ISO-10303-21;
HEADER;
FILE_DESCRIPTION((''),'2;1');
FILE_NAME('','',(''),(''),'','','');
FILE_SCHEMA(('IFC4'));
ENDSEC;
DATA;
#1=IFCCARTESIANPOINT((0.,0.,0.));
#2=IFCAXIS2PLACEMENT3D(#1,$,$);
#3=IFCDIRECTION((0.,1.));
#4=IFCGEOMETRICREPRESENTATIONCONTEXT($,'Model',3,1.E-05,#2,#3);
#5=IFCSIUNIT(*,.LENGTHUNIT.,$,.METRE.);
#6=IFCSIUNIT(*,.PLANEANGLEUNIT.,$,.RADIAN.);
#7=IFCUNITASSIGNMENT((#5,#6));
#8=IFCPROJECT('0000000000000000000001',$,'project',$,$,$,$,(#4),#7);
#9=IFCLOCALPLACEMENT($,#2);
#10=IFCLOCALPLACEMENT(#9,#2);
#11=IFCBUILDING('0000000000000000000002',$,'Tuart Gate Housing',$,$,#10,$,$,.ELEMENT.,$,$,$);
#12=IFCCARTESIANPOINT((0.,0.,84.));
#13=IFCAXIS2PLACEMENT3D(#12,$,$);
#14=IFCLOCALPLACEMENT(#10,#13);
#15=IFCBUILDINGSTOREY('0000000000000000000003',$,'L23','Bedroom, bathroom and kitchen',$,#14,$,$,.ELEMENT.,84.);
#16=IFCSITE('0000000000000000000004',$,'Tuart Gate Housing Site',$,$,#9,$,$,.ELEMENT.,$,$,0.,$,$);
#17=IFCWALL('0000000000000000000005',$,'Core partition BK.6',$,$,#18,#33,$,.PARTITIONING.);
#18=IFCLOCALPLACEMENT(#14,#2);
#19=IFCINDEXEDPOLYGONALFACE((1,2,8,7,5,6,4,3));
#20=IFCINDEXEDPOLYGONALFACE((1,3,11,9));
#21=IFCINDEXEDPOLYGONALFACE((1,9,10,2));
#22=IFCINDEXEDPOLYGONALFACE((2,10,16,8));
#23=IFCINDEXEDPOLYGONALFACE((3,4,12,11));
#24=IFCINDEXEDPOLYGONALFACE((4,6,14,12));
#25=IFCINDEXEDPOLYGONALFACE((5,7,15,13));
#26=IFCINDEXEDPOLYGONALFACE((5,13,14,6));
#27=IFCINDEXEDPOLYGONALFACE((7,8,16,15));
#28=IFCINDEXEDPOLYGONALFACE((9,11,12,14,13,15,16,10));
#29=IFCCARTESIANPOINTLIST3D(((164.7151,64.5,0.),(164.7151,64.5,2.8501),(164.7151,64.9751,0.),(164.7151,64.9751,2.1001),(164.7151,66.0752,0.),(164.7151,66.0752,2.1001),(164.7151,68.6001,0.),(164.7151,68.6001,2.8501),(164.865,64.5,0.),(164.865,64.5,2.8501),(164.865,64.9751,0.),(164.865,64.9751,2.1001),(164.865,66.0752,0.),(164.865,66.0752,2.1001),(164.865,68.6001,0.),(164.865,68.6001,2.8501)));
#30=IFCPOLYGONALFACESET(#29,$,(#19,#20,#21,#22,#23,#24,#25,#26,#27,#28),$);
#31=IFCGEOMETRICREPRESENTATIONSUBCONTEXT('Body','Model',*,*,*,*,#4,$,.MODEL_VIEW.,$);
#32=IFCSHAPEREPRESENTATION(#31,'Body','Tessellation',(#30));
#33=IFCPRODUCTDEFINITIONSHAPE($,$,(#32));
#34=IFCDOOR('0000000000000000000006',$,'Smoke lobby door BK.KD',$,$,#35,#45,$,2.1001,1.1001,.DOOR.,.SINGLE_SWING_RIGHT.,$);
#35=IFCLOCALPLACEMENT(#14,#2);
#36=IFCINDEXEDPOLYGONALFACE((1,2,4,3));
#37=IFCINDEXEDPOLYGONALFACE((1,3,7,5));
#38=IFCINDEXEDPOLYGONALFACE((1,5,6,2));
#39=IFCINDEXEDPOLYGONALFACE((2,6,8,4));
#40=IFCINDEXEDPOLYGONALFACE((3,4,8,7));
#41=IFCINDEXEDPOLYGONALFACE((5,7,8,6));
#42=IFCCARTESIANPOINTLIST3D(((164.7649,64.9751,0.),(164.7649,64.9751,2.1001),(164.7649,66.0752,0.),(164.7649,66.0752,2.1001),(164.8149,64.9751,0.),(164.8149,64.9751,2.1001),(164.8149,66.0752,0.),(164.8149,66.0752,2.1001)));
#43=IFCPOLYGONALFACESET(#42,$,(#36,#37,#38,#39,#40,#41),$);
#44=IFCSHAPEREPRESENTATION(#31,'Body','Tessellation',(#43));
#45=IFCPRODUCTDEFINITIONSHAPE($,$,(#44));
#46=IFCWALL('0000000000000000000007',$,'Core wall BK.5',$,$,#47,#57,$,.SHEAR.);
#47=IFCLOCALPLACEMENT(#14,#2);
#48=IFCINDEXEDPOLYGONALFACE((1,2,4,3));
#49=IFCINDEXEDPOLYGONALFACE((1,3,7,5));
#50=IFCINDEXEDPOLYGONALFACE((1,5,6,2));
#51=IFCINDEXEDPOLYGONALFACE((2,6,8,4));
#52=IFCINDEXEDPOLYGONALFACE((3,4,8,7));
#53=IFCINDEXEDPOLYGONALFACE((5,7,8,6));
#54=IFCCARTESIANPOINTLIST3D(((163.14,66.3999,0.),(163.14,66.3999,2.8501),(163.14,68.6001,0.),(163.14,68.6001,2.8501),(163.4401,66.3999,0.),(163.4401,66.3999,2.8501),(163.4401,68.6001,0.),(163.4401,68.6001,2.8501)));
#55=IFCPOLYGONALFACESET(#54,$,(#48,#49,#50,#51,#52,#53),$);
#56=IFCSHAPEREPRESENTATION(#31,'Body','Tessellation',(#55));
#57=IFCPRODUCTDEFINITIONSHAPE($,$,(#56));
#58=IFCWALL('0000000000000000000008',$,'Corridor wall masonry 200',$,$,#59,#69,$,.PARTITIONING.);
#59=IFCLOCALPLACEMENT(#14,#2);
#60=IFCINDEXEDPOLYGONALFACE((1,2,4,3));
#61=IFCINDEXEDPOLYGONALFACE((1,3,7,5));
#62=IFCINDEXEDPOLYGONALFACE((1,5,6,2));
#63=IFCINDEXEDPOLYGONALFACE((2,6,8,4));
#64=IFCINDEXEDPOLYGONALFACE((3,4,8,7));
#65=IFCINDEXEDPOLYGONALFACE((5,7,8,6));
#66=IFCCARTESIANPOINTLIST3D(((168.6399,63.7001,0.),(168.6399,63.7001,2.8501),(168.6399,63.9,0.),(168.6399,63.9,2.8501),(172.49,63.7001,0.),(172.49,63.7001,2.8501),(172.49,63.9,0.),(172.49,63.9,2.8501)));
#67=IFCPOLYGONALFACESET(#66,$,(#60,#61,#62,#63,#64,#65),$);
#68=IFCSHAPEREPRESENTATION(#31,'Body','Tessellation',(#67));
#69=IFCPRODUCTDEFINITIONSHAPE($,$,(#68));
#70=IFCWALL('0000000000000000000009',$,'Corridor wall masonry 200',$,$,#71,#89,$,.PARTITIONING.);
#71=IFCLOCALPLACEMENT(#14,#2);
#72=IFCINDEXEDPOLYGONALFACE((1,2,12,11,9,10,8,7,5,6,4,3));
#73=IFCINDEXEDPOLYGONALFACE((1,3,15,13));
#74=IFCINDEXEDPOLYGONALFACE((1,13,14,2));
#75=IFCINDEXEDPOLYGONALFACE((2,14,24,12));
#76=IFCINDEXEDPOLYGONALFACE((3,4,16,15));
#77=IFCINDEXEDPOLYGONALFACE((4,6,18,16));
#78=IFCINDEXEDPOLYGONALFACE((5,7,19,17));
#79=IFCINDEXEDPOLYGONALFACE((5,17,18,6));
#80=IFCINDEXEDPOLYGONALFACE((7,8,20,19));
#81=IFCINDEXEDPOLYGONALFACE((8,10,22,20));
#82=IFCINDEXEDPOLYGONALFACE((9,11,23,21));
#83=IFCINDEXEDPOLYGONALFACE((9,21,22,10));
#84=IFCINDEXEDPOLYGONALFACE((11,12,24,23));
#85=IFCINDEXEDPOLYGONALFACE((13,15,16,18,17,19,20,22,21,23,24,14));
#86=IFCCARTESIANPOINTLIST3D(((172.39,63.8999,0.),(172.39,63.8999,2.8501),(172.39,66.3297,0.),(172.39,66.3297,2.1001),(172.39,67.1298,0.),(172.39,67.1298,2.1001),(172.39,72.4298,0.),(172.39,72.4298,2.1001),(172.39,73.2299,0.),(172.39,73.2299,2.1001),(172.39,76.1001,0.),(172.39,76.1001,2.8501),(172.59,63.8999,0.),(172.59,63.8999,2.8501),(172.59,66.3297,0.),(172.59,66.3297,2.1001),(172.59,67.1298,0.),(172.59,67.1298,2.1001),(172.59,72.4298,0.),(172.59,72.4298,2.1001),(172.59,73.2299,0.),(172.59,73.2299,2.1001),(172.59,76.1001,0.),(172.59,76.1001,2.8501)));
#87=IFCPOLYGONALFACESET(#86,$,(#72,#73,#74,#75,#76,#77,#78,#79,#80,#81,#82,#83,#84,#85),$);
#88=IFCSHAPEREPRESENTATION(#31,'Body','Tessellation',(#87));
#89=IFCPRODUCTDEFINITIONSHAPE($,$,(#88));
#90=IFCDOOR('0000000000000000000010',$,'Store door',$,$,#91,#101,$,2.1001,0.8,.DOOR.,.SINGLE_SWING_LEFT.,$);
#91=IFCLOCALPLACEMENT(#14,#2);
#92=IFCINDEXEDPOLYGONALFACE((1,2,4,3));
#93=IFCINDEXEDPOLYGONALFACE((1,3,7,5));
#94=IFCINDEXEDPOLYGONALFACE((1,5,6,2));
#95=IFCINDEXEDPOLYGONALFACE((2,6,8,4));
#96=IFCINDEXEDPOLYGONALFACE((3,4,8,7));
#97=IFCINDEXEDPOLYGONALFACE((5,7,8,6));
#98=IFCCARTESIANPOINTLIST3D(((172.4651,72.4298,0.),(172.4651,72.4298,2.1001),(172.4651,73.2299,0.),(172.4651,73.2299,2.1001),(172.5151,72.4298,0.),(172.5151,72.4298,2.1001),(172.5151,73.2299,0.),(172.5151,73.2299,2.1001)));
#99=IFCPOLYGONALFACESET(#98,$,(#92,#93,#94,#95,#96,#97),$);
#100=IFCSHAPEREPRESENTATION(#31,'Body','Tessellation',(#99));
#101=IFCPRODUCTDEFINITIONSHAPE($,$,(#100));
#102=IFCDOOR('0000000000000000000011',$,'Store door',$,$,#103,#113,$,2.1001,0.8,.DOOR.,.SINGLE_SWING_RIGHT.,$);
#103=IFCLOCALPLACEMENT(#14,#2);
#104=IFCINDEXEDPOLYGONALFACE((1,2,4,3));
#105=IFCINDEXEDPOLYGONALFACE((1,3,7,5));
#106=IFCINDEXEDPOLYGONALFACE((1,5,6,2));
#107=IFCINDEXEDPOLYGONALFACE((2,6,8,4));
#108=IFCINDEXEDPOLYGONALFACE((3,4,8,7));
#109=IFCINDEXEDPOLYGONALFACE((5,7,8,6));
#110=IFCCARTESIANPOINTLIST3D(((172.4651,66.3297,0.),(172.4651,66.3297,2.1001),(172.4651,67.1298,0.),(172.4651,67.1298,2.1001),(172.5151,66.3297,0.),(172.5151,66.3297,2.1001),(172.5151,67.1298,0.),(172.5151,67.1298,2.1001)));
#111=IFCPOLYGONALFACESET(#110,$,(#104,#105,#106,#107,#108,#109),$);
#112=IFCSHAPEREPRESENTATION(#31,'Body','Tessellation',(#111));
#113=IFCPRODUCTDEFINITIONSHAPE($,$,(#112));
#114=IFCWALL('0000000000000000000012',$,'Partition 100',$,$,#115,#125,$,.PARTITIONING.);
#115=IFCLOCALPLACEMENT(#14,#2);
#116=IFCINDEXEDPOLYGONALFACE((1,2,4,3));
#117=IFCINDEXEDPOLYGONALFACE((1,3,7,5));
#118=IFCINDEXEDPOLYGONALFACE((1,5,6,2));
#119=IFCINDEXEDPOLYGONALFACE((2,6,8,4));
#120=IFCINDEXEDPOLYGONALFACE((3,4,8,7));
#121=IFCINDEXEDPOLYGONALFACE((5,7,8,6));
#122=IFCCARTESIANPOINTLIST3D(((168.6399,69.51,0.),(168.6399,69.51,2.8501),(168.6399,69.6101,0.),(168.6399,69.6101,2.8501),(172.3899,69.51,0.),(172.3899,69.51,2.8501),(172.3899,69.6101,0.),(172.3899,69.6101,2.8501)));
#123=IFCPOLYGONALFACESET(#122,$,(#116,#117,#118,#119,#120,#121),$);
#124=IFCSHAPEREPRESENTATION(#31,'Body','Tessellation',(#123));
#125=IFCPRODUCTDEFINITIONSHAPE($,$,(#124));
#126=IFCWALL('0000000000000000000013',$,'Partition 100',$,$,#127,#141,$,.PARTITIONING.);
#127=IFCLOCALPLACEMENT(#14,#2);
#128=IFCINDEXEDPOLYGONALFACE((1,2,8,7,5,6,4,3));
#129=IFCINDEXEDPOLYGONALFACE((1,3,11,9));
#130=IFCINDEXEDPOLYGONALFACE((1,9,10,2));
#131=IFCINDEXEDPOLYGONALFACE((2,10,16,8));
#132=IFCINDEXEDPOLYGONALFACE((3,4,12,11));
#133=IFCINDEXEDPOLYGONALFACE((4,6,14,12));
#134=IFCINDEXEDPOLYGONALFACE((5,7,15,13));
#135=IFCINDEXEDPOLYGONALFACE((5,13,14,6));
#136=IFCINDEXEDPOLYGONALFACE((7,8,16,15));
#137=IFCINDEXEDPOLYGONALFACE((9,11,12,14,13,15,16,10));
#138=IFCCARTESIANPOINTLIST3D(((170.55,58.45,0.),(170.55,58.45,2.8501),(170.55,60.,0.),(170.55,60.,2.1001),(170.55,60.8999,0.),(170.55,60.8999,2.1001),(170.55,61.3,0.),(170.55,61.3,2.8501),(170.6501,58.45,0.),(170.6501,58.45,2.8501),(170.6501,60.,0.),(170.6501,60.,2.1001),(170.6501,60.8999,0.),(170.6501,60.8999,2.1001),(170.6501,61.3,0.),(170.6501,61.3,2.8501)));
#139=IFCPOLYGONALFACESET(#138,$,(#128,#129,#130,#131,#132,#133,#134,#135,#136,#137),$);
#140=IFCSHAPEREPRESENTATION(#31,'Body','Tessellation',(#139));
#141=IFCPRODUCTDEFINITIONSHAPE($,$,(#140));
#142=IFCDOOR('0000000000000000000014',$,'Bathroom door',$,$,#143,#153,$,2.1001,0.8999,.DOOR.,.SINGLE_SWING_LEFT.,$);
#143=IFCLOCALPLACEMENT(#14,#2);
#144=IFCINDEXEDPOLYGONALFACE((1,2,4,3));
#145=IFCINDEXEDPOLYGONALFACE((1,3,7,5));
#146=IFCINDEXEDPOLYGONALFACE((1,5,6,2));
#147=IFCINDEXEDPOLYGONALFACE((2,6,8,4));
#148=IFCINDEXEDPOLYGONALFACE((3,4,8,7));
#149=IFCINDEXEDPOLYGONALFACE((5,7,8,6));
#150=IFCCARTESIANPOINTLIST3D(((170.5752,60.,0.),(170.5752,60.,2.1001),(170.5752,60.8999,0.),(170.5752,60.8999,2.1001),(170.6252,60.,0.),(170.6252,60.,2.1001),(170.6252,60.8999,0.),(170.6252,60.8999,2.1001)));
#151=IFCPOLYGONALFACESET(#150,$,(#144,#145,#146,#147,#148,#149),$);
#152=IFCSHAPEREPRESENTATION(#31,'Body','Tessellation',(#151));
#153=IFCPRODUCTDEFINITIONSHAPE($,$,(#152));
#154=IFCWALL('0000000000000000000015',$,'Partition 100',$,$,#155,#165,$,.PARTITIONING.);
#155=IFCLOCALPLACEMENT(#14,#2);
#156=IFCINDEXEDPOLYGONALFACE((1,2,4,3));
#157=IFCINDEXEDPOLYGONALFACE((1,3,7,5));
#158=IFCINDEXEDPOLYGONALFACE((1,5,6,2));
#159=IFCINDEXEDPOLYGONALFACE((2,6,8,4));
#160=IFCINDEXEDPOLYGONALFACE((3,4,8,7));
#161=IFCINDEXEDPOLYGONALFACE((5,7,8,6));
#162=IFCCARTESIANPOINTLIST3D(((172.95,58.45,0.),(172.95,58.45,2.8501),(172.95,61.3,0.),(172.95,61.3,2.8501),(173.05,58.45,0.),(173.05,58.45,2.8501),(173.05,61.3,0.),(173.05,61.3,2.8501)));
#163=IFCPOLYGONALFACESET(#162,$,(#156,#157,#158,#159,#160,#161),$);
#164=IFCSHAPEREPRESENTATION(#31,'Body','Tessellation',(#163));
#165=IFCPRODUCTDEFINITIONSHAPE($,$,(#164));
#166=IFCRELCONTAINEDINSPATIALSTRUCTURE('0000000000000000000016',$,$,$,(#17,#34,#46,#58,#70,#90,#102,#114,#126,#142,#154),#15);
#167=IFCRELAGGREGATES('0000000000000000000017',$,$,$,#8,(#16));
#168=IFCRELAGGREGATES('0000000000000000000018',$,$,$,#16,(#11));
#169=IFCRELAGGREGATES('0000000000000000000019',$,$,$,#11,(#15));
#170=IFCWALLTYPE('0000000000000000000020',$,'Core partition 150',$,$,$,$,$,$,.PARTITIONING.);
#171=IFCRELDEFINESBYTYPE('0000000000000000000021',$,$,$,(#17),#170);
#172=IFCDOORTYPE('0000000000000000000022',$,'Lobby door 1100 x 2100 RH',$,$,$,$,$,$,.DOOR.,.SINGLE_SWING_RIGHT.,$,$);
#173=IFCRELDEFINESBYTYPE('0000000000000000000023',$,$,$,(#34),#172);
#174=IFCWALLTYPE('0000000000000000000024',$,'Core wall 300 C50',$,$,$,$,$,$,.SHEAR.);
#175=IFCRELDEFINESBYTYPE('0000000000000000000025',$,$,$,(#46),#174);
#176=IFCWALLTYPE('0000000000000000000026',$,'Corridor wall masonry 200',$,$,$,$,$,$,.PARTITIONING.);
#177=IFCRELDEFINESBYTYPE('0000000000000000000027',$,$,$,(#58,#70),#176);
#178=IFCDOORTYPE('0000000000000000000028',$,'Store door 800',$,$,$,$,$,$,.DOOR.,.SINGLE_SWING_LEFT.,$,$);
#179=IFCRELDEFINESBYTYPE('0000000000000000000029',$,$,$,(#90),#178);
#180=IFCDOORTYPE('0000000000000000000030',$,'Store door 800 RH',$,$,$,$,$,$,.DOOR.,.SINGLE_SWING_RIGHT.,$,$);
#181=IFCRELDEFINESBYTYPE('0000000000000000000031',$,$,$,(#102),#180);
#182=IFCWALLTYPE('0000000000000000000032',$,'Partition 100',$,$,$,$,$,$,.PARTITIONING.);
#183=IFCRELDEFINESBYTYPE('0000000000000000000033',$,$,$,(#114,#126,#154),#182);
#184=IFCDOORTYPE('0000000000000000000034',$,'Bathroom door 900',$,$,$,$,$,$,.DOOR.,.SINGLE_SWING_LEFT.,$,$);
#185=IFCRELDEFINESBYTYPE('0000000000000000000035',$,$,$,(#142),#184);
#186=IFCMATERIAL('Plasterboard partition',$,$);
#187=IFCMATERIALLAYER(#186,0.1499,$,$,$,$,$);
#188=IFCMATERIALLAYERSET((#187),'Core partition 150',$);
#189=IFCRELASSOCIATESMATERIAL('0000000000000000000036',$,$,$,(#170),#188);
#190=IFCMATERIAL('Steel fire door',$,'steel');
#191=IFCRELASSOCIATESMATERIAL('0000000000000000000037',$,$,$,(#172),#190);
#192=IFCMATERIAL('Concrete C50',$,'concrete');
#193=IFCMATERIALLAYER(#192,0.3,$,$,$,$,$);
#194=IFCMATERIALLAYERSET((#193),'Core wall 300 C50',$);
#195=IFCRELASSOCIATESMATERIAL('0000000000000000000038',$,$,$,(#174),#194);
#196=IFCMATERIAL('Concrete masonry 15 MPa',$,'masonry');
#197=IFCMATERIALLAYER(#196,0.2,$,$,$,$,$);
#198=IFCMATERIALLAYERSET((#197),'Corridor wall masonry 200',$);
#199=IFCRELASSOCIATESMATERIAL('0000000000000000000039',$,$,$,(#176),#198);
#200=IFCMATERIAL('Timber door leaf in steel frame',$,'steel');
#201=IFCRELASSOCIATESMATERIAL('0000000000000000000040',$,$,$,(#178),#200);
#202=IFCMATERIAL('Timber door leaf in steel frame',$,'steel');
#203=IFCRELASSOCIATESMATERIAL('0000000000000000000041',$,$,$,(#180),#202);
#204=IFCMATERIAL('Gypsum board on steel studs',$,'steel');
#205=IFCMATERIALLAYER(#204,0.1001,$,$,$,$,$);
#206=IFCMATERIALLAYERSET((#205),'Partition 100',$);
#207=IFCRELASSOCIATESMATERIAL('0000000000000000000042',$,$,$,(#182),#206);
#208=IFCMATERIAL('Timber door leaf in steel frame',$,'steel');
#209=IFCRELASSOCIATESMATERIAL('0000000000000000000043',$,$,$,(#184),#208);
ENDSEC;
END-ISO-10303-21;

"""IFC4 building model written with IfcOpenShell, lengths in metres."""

from ifc_helpers import new_model, si_unit, direction, frame, frame_2d, origin, place, context, subcontext, project, spatial, rectangle, extrude, material, layer, layer_set, type_object, element, fill, save


model = new_model("IFC4")

# Units and contexts
model_context = context("Model", 3, precision=1e-05, world=origin(), true_north=direction((0.0, 1.0)))
body_context = subcontext(model_context, "Body", "Model", "MODEL_VIEW")
ifc_project = project(units=[si_unit("LENGTHUNIT", "METRE"), si_unit("PLANEANGLEUNIT", "RADIAN")], contexts=[model_context])

# Site, building, storey
site_placement = place(None, origin())
site = spatial("IfcSite", under=ifc_project, at=site_placement, Name="Tuart Gate Housing Site", CompositionType="ELEMENT", RefElevation=0.0)
building_placement = place(site_placement, origin())
building = spatial("IfcBuilding", under=site, at=building_placement, Name="Tuart Gate Housing", CompositionType="ELEMENT")
storey_placement = place(building_placement, frame((0.0, 0.0, 84.0)))
storey = spatial("IfcBuildingStorey", under=building, at=storey_placement, Name="L23", Description="Bedroom, bathroom and kitchen", CompositionType="ELEMENT", Elevation=84.0)

# Wall, opening, door
ifc_material_1 = material(Name="Plasterboard partition")
ifc_layer_1 = layer(ifc_material_1, 0.1499)
ifc_layer_set_1 = layer_set([ifc_layer_1], Name="Core partition 150")
wall_type_1 = type_object("IfcWallType", Name="Core partition 150", PredefinedType="PARTITIONING", material=ifc_layer_set_1)
wall_1_placement = place(storey_placement, frame((164.79, 68.6001, 0.0), z_axis=(0.0, 0.0, 1.0), x_axis=(0.0, -1.0, 0.0)))
wall_1 = element("IfcWall", 1, at=wall_1_placement, inside=storey, type_object=wall_type_1, Name="Core partition BK.6", PredefinedType="PARTITIONING", context=body_context, shape_type="SweptSolid", body=[
    extrude(rectangle(XDim=4.1001, YDim=0.1499, at=frame_2d((2.05, 0.0))), origin(), (0.0, 0.0, 1.0), 2.8501),
])
opening_1_placement = place(wall_1_placement, frame((2.5249, 0.0, 0.0)))
opening_1 = element("IfcOpeningElement", 2, at=opening_1_placement, cuts=wall_1, PredefinedType="OPENING", context=body_context, shape_type="SweptSolid", body=[
    extrude(rectangle(XDim=1.1001, YDim=2.1001, at=frame_2d((0.55, 1.05))), frame((0.0, 0.085, 0.0), z_axis=(0.0, -1.0, 0.0), x_axis=(1.0, 0.0, 0.0)), (0.0, 0.0, 1.0), 0.1699),
])
ifc_material_2 = material(Name="Steel fire door", Category="steel")
door_type_1 = type_object("IfcDoorType", Name="Lobby door 1100 x 2100 RH", OperationType="SINGLE_SWING_RIGHT", PredefinedType="DOOR", material=ifc_material_2)
door_1_placement = place(opening_1_placement, origin())
door_1 = element("IfcDoor", 3, at=door_1_placement, inside=storey, type_object=door_type_1, Name="Smoke lobby door BK.KD", OperationType="SINGLE_SWING_RIGHT", OverallHeight=2.1001, OverallWidth=1.1001, PredefinedType="DOOR", context=body_context, shape_type="SweptSolid", body=[
    extrude(rectangle(XDim=1.1001, YDim=2.1001, at=frame_2d((0.55, 1.05))), frame((0.0, 0.0249, 0.0), z_axis=(0.0, -1.0, 0.0), x_axis=(1.0, 0.0, 0.0)), (0.0, 0.0, 1.0), 0.05),
])
fill(opening_1, door_1)

# Walls
ifc_material_3 = material(Name="Concrete C50", Category="concrete")
ifc_layer_2 = layer(ifc_material_3, 0.3)
ifc_layer_set_2 = layer_set([ifc_layer_2], Name="Core wall 300 C50")
wall_type_2 = type_object("IfcWallType", Name="Core wall 300 C50", PredefinedType="SHEAR", material=ifc_layer_set_2)
wall_2_placement = place(storey_placement, frame((163.29, 68.6001, 0.0), z_axis=(0.0, 0.0, 1.0), x_axis=(0.0, -1.0, 0.0)))
element("IfcWall", 4, at=wall_2_placement, inside=storey, type_object=wall_type_2, Name="Core wall BK.5", PredefinedType="SHEAR", context=body_context, shape_type="SweptSolid", body=[
    extrude(rectangle(XDim=2.2002, YDim=0.3, at=frame_2d((1.1001, 0.0))), origin(), (0.0, 0.0, 1.0), 2.8501),
])
ifc_material_4 = material(Name="Concrete masonry 15 MPa", Category="masonry")
ifc_layer_3 = layer(ifc_material_4, 0.2)
ifc_layer_set_3 = layer_set([ifc_layer_3], Name="Corridor wall masonry 200")
wall_type_3 = type_object("IfcWallType", Name="Corridor wall masonry 200", PredefinedType="PARTITIONING", material=ifc_layer_set_3)
wall_3_placement = place(storey_placement, frame((168.6399, 63.8, 0.0), z_axis=(0.0, 0.0, 1.0), x_axis=(1.0, 0.0, 0.0)))
element("IfcWall", 5, at=wall_3_placement, inside=storey, type_object=wall_type_3, Name="Corridor wall masonry 200", PredefinedType="PARTITIONING", context=body_context, shape_type="SweptSolid", body=[
    extrude(rectangle(XDim=3.8501, YDim=0.2, at=frame_2d((1.925, 0.0))), origin(), (0.0, 0.0, 1.0), 2.8501),
])

# Wall, openings, doors
wall_4_placement = place(storey_placement, frame((172.49, 63.8999, 0.0), z_axis=(0.0, 0.0, 1.0), x_axis=(0.0, 1.0, 0.0)))
wall_4 = element("IfcWall", 6, at=wall_4_placement, inside=storey, type_object=wall_type_3, Name="Corridor wall masonry 200", PredefinedType="PARTITIONING", context=body_context, shape_type="SweptSolid", body=[
    extrude(rectangle(XDim=12.2002, YDim=0.2, at=frame_2d((6.1001, 0.0))), origin(), (0.0, 0.0, 1.0), 2.8501),
])
opening_2_placement = place(wall_4_placement, frame((2.4299, 0.0, 0.0)))
opening_2 = element("IfcOpeningElement", 7, at=opening_2_placement, cuts=wall_4, PredefinedType="OPENING", context=body_context, shape_type="SweptSolid", body=[
    extrude(rectangle(XDim=0.8, YDim=2.1001, at=frame_2d((0.3999, 1.05))), frame((0.0, 0.1099, 0.0), z_axis=(0.0, -1.0, 0.0), x_axis=(1.0, 0.0, 0.0)), (0.0, 0.0, 1.0), 0.22),
])
opening_3_placement = place(wall_4_placement, frame((8.53, 0.0, 0.0)))
opening_3 = element("IfcOpeningElement", 8, at=opening_3_placement, cuts=wall_4, PredefinedType="OPENING", context=body_context, shape_type="SweptSolid", body=[
    extrude(rectangle(XDim=0.8, YDim=2.1001, at=frame_2d((0.3999, 1.05))), frame((0.0, 0.1099, 0.0), z_axis=(0.0, -1.0, 0.0), x_axis=(1.0, 0.0, 0.0)), (0.0, 0.0, 1.0), 0.22),
])
ifc_material_5 = material(Name="Timber door leaf in steel frame", Category="steel")
door_type_2 = type_object("IfcDoorType", Name="Store door 800", OperationType="SINGLE_SWING_LEFT", PredefinedType="DOOR", material=ifc_material_5)
door_2_placement = place(opening_3_placement, origin())
door_2 = element("IfcDoor", 9, at=door_2_placement, inside=storey, type_object=door_type_2, Name="Store door", OperationType="SINGLE_SWING_LEFT", OverallHeight=2.1001, OverallWidth=0.8, PredefinedType="DOOR", context=body_context, shape_type="SweptSolid", body=[
    extrude(rectangle(XDim=0.8, YDim=2.1001, at=frame_2d((0.3999, 1.05))), frame((0.0, 0.0249, 0.0), z_axis=(0.0, -1.0, 0.0), x_axis=(1.0, 0.0, 0.0)), (0.0, 0.0, 1.0), 0.05),
])
fill(opening_3, door_2)
ifc_material_6 = material(Name="Timber door leaf in steel frame", Category="steel")
door_type_3 = type_object("IfcDoorType", Name="Store door 800 RH", OperationType="SINGLE_SWING_RIGHT", PredefinedType="DOOR", material=ifc_material_6)
door_3_placement = place(opening_2_placement, origin())
door_3 = element("IfcDoor", 10, at=door_3_placement, inside=storey, type_object=door_type_3, Name="Store door", OperationType="SINGLE_SWING_RIGHT", OverallHeight=2.1001, OverallWidth=0.8, PredefinedType="DOOR", context=body_context, shape_type="SweptSolid", body=[
    extrude(rectangle(XDim=0.8, YDim=2.1001, at=frame_2d((0.3999, 1.05))), frame((0.0, 0.0249, 0.0), z_axis=(0.0, -1.0, 0.0), x_axis=(1.0, 0.0, 0.0)), (0.0, 0.0, 1.0), 0.05),
])
fill(opening_2, door_3)

# Wall
ifc_material_7 = material(Name="Gypsum board on steel studs", Category="steel")
ifc_layer_4 = layer(ifc_material_7, 0.1001)
ifc_layer_set_4 = layer_set([ifc_layer_4], Name="Partition 100")
wall_type_4 = type_object("IfcWallType", Name="Partition 100", PredefinedType="PARTITIONING", material=ifc_layer_set_4)
wall_5_placement = place(storey_placement, frame((168.6399, 69.5601, 0.0), z_axis=(0.0, 0.0, 1.0), x_axis=(1.0, 0.0, 0.0)))
element("IfcWall", 11, at=wall_5_placement, inside=storey, type_object=wall_type_4, Name="Partition 100", PredefinedType="PARTITIONING", context=body_context, shape_type="SweptSolid", body=[
    extrude(rectangle(XDim=3.75, YDim=0.1001, at=frame_2d((1.875, 0.0))), origin(), (0.0, 0.0, 1.0), 2.8501),
])

# Wall, opening, door
wall_6_placement = place(storey_placement, frame((170.6001, 58.45, 0.0), z_axis=(0.0, 0.0, 1.0), x_axis=(0.0, 1.0, 0.0)))
wall_6 = element("IfcWall", 12, at=wall_6_placement, inside=storey, type_object=wall_type_4, Name="Partition 100", PredefinedType="PARTITIONING", context=body_context, shape_type="SweptSolid", body=[
    extrude(rectangle(XDim=2.8501, YDim=0.1001, at=frame_2d((1.425, 0.0))), origin(), (0.0, 0.0, 1.0), 2.8501),
])
opening_4_placement = place(wall_6_placement, frame((1.55, 0.0, 0.0)))
opening_4 = element("IfcOpeningElement", 13, at=opening_4_placement, cuts=wall_6, PredefinedType="OPENING", context=body_context, shape_type="SweptSolid", body=[
    extrude(rectangle(XDim=0.8999, YDim=2.1001, at=frame_2d((0.45, 1.05))), frame((0.0, 0.0601, 0.0), z_axis=(0.0, -1.0, 0.0), x_axis=(1.0, 0.0, 0.0)), (0.0, 0.0, 1.0), 0.1201),
])
ifc_material_8 = material(Name="Timber door leaf in steel frame", Category="steel")
door_type_4 = type_object("IfcDoorType", Name="Bathroom door 900", OperationType="SINGLE_SWING_LEFT", PredefinedType="DOOR", material=ifc_material_8)
door_4_placement = place(opening_4_placement, frame((0.8999, 0.0, 0.0), z_axis=(0.0, 0.0, 1.0), x_axis=(-1.0, 0.0, 0.0)))
door_4 = element("IfcDoor", 14, at=door_4_placement, inside=storey, type_object=door_type_4, Name="Bathroom door", OperationType="SINGLE_SWING_LEFT", OverallHeight=2.1001, OverallWidth=0.8999, PredefinedType="DOOR", context=body_context, shape_type="SweptSolid", body=[
    extrude(rectangle(XDim=0.8999, YDim=2.1001, at=frame_2d((0.45, 1.05))), frame((0.0, 0.0251, 0.0), z_axis=(0.0, -1.0, 0.0), x_axis=(1.0, 0.0, 0.0)), (0.0, 0.0, 1.0), 0.05),
])
fill(opening_4, door_4)

# Wall
wall_7_placement = place(storey_placement, frame((173.0, 58.45, 0.0), z_axis=(0.0, 0.0, 1.0), x_axis=(0.0, 1.0, 0.0)))
element("IfcWall", 15, at=wall_7_placement, inside=storey, type_object=wall_type_4, Name="Partition 100", PredefinedType="PARTITIONING", context=body_context, shape_type="SweptSolid", body=[
    extrude(rectangle(XDim=2.8501, YDim=0.1001, at=frame_2d((1.425, 0.0))), origin(), (0.0, 0.0, 1.0), 2.8501),
])

save(model, "model.ifc")
